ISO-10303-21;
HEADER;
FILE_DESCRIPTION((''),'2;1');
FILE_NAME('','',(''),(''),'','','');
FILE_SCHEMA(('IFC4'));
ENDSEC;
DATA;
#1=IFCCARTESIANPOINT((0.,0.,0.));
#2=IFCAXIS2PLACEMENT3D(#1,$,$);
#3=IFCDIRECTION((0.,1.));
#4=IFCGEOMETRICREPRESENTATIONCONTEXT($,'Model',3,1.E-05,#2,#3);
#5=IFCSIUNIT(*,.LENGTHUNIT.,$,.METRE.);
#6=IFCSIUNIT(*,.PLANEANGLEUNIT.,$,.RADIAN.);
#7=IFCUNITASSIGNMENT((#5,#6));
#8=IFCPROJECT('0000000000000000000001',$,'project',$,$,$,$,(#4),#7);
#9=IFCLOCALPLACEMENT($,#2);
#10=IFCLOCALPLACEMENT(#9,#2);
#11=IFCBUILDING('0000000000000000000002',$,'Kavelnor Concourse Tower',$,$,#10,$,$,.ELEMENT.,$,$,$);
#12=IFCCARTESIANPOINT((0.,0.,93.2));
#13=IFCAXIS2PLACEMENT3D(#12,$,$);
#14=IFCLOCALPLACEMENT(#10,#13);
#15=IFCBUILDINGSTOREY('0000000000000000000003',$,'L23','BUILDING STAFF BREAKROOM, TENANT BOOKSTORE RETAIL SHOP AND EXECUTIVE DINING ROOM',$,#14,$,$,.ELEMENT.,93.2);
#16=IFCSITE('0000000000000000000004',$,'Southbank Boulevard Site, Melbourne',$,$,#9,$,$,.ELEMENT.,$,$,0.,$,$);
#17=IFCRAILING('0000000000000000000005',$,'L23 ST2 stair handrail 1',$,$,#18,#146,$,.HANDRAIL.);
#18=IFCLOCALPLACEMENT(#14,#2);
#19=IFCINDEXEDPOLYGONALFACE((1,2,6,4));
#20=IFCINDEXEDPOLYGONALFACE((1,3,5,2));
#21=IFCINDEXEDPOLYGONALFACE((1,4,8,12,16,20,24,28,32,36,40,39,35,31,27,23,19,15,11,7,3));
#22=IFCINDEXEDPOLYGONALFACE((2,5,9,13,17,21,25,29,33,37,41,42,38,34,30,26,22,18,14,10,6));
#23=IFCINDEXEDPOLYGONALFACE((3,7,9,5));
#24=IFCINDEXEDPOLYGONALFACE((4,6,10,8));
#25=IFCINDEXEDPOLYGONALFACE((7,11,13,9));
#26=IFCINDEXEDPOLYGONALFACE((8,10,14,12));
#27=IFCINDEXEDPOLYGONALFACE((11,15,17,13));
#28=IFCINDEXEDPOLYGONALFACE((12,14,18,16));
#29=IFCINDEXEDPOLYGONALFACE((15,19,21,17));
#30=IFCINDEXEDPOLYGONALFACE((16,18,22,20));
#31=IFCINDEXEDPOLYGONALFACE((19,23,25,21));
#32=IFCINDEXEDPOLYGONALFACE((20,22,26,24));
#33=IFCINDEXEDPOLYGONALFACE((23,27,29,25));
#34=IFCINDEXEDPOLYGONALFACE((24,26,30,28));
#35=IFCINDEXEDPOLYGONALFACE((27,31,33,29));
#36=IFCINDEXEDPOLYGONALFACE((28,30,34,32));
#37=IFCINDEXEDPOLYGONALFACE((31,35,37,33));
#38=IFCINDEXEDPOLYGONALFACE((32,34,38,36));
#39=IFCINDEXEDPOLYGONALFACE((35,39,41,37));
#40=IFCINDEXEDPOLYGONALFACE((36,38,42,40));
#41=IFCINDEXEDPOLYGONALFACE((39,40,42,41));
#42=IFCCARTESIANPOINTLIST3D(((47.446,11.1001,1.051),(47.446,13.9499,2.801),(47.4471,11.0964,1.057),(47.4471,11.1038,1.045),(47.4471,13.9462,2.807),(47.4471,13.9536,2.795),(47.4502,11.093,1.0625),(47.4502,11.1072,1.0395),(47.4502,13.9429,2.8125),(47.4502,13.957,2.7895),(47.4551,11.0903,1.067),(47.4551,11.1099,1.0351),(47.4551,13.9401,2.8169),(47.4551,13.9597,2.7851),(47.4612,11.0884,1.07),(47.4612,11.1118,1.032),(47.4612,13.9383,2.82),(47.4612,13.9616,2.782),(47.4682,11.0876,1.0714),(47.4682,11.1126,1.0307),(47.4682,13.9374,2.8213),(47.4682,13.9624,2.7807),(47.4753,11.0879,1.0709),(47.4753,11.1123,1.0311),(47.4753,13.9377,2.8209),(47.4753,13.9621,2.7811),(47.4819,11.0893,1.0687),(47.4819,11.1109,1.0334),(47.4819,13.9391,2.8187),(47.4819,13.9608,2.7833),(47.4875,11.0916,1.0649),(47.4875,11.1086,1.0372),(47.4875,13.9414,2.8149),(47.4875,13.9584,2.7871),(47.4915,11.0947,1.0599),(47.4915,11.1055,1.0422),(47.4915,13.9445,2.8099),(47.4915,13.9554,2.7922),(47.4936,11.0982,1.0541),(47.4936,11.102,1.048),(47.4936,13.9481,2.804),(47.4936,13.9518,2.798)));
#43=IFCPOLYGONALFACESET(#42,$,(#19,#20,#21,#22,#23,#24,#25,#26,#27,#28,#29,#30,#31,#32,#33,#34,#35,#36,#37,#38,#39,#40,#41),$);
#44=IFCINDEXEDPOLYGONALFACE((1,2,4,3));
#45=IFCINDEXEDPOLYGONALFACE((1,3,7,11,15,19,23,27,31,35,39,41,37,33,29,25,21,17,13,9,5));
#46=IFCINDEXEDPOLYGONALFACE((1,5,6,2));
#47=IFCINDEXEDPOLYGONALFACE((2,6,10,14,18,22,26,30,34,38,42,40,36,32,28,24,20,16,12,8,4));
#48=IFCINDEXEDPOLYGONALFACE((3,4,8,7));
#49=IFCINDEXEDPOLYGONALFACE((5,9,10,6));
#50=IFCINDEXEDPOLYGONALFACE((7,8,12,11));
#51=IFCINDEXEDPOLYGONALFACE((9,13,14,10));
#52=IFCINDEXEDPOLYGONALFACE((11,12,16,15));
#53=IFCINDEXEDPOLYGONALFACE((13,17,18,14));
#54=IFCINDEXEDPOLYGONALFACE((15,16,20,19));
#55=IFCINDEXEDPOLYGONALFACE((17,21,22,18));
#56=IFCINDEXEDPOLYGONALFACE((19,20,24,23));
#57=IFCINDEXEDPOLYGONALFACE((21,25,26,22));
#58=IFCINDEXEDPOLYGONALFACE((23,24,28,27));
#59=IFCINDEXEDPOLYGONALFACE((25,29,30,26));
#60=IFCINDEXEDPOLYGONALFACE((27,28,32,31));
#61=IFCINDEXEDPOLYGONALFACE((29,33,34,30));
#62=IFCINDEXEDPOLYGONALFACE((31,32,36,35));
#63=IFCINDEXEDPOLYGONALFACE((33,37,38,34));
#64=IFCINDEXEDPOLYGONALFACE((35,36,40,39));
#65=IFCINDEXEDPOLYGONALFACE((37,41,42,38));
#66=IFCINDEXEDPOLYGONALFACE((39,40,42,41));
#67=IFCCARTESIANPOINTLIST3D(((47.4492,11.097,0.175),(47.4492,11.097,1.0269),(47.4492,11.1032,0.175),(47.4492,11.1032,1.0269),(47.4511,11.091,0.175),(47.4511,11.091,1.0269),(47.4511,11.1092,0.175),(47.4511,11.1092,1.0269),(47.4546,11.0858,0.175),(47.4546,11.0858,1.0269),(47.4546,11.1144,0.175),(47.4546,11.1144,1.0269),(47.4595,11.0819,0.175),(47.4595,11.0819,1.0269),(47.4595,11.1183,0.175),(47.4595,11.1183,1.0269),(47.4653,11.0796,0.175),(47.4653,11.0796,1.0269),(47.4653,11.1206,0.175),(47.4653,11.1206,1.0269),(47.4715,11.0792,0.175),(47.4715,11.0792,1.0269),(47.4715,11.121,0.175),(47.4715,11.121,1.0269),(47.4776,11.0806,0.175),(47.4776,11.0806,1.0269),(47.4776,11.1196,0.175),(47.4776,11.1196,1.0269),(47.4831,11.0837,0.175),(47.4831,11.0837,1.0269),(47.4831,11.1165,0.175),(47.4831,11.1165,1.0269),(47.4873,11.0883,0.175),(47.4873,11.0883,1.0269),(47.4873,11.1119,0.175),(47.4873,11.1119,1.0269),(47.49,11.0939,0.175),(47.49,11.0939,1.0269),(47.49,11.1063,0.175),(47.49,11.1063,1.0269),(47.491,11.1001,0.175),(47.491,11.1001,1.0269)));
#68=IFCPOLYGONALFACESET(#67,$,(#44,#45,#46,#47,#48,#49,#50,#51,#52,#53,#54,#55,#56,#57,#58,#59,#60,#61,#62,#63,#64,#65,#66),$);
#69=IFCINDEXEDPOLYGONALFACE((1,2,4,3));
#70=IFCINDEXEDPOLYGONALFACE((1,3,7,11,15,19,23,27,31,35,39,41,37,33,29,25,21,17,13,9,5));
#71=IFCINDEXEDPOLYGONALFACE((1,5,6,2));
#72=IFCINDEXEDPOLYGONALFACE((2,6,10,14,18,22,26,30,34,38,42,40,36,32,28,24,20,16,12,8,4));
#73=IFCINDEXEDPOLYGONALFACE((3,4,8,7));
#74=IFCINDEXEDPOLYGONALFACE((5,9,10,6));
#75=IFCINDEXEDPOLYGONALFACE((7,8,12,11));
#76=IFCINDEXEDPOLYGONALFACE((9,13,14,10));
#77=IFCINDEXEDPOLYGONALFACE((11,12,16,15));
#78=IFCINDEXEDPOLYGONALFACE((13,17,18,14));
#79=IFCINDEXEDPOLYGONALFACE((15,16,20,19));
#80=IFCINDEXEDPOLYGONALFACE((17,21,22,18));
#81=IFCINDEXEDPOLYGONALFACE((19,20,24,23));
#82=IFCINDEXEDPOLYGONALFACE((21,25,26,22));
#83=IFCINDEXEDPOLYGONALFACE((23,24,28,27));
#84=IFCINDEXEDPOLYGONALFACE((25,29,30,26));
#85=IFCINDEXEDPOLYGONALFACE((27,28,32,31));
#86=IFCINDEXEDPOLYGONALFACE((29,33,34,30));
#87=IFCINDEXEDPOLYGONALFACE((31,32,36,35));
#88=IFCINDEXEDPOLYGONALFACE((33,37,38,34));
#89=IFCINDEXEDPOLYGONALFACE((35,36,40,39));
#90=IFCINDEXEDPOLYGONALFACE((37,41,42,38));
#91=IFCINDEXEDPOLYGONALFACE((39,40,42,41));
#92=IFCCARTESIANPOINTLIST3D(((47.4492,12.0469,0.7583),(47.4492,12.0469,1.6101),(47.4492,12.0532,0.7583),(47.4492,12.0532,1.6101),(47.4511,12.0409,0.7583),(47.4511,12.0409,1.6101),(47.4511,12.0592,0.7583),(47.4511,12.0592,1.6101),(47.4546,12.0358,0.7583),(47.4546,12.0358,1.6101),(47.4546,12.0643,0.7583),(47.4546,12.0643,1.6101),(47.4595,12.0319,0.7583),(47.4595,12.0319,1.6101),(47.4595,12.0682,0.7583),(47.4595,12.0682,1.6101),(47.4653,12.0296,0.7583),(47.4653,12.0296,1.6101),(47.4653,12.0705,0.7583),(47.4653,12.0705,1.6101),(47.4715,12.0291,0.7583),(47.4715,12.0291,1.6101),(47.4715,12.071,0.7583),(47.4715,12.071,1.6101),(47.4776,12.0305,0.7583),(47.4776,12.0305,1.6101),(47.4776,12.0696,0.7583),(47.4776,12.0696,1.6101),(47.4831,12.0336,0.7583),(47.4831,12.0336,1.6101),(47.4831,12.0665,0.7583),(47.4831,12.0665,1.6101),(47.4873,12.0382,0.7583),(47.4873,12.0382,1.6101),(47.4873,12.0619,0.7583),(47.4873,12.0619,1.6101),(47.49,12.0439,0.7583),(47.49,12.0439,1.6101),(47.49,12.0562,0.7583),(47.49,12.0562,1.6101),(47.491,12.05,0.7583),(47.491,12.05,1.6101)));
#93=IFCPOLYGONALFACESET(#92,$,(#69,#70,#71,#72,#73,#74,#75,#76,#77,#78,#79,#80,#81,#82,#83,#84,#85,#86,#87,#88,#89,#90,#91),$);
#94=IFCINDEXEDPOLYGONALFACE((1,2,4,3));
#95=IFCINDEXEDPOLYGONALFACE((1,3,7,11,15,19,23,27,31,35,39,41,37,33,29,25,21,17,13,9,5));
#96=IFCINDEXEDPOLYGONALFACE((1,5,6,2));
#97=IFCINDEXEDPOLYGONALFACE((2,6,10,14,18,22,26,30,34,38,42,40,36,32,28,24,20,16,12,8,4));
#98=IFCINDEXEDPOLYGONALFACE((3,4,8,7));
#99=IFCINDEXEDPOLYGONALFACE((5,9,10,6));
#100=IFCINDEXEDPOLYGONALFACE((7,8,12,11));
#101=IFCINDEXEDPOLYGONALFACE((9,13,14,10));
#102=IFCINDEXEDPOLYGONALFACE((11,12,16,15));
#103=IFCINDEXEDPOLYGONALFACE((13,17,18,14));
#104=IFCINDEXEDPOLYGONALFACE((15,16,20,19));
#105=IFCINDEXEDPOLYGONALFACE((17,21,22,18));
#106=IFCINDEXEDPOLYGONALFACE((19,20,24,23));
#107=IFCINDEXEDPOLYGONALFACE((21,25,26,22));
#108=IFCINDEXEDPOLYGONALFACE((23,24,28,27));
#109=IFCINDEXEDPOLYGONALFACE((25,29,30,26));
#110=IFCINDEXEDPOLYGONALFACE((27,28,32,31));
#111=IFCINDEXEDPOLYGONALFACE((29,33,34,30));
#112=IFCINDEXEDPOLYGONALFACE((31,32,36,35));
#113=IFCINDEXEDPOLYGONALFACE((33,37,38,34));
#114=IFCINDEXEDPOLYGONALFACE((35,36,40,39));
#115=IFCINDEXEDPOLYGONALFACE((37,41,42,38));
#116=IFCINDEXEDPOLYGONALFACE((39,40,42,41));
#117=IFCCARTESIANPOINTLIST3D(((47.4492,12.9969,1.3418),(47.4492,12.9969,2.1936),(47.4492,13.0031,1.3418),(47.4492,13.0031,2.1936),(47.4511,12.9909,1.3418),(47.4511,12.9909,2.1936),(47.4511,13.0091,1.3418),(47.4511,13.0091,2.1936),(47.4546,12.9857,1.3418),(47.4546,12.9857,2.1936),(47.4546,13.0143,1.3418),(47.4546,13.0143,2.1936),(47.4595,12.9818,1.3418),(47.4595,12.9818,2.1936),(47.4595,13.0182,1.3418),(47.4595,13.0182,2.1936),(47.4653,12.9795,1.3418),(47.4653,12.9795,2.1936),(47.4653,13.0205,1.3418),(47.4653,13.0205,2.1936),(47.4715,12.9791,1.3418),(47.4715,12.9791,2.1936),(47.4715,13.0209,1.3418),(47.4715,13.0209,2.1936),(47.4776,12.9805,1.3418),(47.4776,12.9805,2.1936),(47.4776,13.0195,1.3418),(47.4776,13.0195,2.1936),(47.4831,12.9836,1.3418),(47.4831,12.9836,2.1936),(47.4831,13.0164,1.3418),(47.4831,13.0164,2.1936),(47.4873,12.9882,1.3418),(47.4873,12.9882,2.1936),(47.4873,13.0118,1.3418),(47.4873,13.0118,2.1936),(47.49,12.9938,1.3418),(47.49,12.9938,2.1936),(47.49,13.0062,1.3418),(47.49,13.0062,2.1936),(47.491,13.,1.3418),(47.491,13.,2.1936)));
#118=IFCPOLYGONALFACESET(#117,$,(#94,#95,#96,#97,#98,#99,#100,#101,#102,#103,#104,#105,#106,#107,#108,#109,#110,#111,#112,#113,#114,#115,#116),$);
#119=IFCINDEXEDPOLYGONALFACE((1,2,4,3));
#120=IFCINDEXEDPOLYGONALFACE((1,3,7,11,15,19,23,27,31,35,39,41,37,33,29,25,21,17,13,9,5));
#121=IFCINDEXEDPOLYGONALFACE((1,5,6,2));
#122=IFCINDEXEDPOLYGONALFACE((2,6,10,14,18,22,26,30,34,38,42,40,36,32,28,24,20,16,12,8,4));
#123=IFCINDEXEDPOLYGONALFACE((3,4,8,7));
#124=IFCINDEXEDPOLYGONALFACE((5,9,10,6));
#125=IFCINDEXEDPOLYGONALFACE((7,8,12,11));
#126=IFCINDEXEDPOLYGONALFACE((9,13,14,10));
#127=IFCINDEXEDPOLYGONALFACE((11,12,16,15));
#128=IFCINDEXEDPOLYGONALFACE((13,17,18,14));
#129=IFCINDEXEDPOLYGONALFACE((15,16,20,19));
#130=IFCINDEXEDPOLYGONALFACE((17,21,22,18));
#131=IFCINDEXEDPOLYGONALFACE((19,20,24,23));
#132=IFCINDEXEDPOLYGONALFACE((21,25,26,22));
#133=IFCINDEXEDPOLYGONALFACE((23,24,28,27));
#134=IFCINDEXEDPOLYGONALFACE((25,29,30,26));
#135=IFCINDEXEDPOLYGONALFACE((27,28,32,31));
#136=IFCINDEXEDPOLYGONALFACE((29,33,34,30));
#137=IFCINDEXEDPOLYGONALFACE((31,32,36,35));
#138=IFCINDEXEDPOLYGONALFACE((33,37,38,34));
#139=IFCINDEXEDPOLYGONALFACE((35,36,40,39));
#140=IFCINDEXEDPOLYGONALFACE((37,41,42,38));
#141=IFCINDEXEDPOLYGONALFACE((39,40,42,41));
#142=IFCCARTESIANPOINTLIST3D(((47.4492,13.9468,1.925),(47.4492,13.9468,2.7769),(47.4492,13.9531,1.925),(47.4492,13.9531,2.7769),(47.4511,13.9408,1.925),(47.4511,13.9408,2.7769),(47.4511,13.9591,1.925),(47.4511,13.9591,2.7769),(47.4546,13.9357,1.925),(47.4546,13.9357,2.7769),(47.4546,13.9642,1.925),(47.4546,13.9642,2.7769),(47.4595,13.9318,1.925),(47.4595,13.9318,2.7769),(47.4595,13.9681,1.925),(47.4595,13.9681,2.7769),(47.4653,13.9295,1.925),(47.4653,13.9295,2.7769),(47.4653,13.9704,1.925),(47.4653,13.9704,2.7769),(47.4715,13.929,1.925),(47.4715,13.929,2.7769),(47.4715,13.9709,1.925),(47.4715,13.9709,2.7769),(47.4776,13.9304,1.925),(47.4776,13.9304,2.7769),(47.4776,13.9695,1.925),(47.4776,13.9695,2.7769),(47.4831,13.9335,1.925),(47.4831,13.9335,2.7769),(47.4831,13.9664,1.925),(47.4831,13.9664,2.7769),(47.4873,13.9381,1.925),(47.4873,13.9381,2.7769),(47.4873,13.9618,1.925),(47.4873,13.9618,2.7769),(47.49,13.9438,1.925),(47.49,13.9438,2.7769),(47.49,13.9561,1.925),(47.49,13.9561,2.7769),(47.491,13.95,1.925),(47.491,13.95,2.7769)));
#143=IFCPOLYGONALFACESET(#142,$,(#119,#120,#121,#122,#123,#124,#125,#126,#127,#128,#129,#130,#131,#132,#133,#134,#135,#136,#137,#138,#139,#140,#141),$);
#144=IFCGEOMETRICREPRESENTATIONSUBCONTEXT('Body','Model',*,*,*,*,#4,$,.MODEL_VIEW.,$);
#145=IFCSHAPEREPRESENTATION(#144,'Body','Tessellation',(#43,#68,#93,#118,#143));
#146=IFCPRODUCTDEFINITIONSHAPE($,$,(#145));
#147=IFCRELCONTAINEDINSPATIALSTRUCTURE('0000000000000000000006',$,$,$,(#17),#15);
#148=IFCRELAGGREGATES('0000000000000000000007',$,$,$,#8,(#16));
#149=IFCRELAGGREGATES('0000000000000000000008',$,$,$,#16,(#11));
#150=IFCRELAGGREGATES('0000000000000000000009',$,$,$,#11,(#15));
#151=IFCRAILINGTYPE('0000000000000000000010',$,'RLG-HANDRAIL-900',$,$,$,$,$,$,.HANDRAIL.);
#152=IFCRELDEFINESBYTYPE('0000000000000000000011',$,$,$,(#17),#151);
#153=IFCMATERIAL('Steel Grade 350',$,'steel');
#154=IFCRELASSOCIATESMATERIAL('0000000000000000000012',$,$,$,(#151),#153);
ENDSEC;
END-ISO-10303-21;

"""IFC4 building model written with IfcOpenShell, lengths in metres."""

from ifc_helpers import new_model, si_unit, direction, frame, origin, origin_2d, place, context, subcontext, project, spatial, circle, extrude, material, type_object, element, save


model = new_model("IFC4")

# Units and contexts
model_context = context("Model", 3, precision=1e-05, world=origin(), true_north=direction((0.0, 1.0)))
body_context = subcontext(model_context, "Body", "Model", "MODEL_VIEW")
ifc_project = project(units=[si_unit("LENGTHUNIT", "METRE"), si_unit("PLANEANGLEUNIT", "RADIAN")], contexts=[model_context])

# Site, building, storey
site_placement = place(None, origin())
site = spatial("IfcSite", under=ifc_project, at=site_placement, Name="Southbank Boulevard Site, Melbourne", CompositionType="ELEMENT", RefElevation=0.0)
building_placement = place(site_placement, origin())
building = spatial("IfcBuilding", under=site, at=building_placement, Name="Kavelnor Concourse Tower", CompositionType="ELEMENT")
storey_placement = place(building_placement, frame((0.0, 0.0, 93.2)))
storey = spatial("IfcBuildingStorey", under=building, at=storey_placement, Name="L23", Description="BUILDING STAFF BREAKROOM, TENANT BOOKSTORE RETAIL SHOP AND EXECUTIVE DINING ROOM", CompositionType="ELEMENT", Elevation=93.2)

# Shared definitions
ifc_material_1 = material(Name="Steel Grade 350", Category="steel")

# Railing
railing_type_1 = type_object("IfcRailingType", Name="RLG-HANDRAIL-900", PredefinedType="HANDRAIL", material=ifc_material_1)
railing_1_placement = place(storey_placement, frame((47.47, 11.1001, 0.175)))
element("IfcRailing", 1, at=railing_1_placement, inside=storey, type_object=railing_type_1, Name="L23 ST2 stair handrail 1", PredefinedType="HANDRAIL", context=body_context, shape_type="SweptSolid", body=[
    extrude(circle(Radius=0.0239, at=origin_2d()), frame((0.0, 0.0, 0.876), z_axis=(0.0, 0.852159, 0.523283), x_axis=(-1.0, 0.0, 0.0)), (0.0, 0.0, 1.0), 3.3442),
    extrude(circle(Radius=0.021, at=origin_2d()), origin(), (0.0, 0.0, 1.0), 0.8518),
    extrude(circle(Radius=0.021, at=origin_2d()), frame((0.0, 0.95, 0.5833)), (0.0, 0.0, 1.0), 0.8518),
    extrude(circle(Radius=0.021, at=origin_2d()), frame((0.0, 1.8999, 1.1667)), (0.0, 0.0, 1.0), 0.8518),
    extrude(circle(Radius=0.021, at=origin_2d()), frame((0.0, 2.8499, 1.75)), (0.0, 0.0, 1.0), 0.8518),
])

save(model, "model.ifc")
